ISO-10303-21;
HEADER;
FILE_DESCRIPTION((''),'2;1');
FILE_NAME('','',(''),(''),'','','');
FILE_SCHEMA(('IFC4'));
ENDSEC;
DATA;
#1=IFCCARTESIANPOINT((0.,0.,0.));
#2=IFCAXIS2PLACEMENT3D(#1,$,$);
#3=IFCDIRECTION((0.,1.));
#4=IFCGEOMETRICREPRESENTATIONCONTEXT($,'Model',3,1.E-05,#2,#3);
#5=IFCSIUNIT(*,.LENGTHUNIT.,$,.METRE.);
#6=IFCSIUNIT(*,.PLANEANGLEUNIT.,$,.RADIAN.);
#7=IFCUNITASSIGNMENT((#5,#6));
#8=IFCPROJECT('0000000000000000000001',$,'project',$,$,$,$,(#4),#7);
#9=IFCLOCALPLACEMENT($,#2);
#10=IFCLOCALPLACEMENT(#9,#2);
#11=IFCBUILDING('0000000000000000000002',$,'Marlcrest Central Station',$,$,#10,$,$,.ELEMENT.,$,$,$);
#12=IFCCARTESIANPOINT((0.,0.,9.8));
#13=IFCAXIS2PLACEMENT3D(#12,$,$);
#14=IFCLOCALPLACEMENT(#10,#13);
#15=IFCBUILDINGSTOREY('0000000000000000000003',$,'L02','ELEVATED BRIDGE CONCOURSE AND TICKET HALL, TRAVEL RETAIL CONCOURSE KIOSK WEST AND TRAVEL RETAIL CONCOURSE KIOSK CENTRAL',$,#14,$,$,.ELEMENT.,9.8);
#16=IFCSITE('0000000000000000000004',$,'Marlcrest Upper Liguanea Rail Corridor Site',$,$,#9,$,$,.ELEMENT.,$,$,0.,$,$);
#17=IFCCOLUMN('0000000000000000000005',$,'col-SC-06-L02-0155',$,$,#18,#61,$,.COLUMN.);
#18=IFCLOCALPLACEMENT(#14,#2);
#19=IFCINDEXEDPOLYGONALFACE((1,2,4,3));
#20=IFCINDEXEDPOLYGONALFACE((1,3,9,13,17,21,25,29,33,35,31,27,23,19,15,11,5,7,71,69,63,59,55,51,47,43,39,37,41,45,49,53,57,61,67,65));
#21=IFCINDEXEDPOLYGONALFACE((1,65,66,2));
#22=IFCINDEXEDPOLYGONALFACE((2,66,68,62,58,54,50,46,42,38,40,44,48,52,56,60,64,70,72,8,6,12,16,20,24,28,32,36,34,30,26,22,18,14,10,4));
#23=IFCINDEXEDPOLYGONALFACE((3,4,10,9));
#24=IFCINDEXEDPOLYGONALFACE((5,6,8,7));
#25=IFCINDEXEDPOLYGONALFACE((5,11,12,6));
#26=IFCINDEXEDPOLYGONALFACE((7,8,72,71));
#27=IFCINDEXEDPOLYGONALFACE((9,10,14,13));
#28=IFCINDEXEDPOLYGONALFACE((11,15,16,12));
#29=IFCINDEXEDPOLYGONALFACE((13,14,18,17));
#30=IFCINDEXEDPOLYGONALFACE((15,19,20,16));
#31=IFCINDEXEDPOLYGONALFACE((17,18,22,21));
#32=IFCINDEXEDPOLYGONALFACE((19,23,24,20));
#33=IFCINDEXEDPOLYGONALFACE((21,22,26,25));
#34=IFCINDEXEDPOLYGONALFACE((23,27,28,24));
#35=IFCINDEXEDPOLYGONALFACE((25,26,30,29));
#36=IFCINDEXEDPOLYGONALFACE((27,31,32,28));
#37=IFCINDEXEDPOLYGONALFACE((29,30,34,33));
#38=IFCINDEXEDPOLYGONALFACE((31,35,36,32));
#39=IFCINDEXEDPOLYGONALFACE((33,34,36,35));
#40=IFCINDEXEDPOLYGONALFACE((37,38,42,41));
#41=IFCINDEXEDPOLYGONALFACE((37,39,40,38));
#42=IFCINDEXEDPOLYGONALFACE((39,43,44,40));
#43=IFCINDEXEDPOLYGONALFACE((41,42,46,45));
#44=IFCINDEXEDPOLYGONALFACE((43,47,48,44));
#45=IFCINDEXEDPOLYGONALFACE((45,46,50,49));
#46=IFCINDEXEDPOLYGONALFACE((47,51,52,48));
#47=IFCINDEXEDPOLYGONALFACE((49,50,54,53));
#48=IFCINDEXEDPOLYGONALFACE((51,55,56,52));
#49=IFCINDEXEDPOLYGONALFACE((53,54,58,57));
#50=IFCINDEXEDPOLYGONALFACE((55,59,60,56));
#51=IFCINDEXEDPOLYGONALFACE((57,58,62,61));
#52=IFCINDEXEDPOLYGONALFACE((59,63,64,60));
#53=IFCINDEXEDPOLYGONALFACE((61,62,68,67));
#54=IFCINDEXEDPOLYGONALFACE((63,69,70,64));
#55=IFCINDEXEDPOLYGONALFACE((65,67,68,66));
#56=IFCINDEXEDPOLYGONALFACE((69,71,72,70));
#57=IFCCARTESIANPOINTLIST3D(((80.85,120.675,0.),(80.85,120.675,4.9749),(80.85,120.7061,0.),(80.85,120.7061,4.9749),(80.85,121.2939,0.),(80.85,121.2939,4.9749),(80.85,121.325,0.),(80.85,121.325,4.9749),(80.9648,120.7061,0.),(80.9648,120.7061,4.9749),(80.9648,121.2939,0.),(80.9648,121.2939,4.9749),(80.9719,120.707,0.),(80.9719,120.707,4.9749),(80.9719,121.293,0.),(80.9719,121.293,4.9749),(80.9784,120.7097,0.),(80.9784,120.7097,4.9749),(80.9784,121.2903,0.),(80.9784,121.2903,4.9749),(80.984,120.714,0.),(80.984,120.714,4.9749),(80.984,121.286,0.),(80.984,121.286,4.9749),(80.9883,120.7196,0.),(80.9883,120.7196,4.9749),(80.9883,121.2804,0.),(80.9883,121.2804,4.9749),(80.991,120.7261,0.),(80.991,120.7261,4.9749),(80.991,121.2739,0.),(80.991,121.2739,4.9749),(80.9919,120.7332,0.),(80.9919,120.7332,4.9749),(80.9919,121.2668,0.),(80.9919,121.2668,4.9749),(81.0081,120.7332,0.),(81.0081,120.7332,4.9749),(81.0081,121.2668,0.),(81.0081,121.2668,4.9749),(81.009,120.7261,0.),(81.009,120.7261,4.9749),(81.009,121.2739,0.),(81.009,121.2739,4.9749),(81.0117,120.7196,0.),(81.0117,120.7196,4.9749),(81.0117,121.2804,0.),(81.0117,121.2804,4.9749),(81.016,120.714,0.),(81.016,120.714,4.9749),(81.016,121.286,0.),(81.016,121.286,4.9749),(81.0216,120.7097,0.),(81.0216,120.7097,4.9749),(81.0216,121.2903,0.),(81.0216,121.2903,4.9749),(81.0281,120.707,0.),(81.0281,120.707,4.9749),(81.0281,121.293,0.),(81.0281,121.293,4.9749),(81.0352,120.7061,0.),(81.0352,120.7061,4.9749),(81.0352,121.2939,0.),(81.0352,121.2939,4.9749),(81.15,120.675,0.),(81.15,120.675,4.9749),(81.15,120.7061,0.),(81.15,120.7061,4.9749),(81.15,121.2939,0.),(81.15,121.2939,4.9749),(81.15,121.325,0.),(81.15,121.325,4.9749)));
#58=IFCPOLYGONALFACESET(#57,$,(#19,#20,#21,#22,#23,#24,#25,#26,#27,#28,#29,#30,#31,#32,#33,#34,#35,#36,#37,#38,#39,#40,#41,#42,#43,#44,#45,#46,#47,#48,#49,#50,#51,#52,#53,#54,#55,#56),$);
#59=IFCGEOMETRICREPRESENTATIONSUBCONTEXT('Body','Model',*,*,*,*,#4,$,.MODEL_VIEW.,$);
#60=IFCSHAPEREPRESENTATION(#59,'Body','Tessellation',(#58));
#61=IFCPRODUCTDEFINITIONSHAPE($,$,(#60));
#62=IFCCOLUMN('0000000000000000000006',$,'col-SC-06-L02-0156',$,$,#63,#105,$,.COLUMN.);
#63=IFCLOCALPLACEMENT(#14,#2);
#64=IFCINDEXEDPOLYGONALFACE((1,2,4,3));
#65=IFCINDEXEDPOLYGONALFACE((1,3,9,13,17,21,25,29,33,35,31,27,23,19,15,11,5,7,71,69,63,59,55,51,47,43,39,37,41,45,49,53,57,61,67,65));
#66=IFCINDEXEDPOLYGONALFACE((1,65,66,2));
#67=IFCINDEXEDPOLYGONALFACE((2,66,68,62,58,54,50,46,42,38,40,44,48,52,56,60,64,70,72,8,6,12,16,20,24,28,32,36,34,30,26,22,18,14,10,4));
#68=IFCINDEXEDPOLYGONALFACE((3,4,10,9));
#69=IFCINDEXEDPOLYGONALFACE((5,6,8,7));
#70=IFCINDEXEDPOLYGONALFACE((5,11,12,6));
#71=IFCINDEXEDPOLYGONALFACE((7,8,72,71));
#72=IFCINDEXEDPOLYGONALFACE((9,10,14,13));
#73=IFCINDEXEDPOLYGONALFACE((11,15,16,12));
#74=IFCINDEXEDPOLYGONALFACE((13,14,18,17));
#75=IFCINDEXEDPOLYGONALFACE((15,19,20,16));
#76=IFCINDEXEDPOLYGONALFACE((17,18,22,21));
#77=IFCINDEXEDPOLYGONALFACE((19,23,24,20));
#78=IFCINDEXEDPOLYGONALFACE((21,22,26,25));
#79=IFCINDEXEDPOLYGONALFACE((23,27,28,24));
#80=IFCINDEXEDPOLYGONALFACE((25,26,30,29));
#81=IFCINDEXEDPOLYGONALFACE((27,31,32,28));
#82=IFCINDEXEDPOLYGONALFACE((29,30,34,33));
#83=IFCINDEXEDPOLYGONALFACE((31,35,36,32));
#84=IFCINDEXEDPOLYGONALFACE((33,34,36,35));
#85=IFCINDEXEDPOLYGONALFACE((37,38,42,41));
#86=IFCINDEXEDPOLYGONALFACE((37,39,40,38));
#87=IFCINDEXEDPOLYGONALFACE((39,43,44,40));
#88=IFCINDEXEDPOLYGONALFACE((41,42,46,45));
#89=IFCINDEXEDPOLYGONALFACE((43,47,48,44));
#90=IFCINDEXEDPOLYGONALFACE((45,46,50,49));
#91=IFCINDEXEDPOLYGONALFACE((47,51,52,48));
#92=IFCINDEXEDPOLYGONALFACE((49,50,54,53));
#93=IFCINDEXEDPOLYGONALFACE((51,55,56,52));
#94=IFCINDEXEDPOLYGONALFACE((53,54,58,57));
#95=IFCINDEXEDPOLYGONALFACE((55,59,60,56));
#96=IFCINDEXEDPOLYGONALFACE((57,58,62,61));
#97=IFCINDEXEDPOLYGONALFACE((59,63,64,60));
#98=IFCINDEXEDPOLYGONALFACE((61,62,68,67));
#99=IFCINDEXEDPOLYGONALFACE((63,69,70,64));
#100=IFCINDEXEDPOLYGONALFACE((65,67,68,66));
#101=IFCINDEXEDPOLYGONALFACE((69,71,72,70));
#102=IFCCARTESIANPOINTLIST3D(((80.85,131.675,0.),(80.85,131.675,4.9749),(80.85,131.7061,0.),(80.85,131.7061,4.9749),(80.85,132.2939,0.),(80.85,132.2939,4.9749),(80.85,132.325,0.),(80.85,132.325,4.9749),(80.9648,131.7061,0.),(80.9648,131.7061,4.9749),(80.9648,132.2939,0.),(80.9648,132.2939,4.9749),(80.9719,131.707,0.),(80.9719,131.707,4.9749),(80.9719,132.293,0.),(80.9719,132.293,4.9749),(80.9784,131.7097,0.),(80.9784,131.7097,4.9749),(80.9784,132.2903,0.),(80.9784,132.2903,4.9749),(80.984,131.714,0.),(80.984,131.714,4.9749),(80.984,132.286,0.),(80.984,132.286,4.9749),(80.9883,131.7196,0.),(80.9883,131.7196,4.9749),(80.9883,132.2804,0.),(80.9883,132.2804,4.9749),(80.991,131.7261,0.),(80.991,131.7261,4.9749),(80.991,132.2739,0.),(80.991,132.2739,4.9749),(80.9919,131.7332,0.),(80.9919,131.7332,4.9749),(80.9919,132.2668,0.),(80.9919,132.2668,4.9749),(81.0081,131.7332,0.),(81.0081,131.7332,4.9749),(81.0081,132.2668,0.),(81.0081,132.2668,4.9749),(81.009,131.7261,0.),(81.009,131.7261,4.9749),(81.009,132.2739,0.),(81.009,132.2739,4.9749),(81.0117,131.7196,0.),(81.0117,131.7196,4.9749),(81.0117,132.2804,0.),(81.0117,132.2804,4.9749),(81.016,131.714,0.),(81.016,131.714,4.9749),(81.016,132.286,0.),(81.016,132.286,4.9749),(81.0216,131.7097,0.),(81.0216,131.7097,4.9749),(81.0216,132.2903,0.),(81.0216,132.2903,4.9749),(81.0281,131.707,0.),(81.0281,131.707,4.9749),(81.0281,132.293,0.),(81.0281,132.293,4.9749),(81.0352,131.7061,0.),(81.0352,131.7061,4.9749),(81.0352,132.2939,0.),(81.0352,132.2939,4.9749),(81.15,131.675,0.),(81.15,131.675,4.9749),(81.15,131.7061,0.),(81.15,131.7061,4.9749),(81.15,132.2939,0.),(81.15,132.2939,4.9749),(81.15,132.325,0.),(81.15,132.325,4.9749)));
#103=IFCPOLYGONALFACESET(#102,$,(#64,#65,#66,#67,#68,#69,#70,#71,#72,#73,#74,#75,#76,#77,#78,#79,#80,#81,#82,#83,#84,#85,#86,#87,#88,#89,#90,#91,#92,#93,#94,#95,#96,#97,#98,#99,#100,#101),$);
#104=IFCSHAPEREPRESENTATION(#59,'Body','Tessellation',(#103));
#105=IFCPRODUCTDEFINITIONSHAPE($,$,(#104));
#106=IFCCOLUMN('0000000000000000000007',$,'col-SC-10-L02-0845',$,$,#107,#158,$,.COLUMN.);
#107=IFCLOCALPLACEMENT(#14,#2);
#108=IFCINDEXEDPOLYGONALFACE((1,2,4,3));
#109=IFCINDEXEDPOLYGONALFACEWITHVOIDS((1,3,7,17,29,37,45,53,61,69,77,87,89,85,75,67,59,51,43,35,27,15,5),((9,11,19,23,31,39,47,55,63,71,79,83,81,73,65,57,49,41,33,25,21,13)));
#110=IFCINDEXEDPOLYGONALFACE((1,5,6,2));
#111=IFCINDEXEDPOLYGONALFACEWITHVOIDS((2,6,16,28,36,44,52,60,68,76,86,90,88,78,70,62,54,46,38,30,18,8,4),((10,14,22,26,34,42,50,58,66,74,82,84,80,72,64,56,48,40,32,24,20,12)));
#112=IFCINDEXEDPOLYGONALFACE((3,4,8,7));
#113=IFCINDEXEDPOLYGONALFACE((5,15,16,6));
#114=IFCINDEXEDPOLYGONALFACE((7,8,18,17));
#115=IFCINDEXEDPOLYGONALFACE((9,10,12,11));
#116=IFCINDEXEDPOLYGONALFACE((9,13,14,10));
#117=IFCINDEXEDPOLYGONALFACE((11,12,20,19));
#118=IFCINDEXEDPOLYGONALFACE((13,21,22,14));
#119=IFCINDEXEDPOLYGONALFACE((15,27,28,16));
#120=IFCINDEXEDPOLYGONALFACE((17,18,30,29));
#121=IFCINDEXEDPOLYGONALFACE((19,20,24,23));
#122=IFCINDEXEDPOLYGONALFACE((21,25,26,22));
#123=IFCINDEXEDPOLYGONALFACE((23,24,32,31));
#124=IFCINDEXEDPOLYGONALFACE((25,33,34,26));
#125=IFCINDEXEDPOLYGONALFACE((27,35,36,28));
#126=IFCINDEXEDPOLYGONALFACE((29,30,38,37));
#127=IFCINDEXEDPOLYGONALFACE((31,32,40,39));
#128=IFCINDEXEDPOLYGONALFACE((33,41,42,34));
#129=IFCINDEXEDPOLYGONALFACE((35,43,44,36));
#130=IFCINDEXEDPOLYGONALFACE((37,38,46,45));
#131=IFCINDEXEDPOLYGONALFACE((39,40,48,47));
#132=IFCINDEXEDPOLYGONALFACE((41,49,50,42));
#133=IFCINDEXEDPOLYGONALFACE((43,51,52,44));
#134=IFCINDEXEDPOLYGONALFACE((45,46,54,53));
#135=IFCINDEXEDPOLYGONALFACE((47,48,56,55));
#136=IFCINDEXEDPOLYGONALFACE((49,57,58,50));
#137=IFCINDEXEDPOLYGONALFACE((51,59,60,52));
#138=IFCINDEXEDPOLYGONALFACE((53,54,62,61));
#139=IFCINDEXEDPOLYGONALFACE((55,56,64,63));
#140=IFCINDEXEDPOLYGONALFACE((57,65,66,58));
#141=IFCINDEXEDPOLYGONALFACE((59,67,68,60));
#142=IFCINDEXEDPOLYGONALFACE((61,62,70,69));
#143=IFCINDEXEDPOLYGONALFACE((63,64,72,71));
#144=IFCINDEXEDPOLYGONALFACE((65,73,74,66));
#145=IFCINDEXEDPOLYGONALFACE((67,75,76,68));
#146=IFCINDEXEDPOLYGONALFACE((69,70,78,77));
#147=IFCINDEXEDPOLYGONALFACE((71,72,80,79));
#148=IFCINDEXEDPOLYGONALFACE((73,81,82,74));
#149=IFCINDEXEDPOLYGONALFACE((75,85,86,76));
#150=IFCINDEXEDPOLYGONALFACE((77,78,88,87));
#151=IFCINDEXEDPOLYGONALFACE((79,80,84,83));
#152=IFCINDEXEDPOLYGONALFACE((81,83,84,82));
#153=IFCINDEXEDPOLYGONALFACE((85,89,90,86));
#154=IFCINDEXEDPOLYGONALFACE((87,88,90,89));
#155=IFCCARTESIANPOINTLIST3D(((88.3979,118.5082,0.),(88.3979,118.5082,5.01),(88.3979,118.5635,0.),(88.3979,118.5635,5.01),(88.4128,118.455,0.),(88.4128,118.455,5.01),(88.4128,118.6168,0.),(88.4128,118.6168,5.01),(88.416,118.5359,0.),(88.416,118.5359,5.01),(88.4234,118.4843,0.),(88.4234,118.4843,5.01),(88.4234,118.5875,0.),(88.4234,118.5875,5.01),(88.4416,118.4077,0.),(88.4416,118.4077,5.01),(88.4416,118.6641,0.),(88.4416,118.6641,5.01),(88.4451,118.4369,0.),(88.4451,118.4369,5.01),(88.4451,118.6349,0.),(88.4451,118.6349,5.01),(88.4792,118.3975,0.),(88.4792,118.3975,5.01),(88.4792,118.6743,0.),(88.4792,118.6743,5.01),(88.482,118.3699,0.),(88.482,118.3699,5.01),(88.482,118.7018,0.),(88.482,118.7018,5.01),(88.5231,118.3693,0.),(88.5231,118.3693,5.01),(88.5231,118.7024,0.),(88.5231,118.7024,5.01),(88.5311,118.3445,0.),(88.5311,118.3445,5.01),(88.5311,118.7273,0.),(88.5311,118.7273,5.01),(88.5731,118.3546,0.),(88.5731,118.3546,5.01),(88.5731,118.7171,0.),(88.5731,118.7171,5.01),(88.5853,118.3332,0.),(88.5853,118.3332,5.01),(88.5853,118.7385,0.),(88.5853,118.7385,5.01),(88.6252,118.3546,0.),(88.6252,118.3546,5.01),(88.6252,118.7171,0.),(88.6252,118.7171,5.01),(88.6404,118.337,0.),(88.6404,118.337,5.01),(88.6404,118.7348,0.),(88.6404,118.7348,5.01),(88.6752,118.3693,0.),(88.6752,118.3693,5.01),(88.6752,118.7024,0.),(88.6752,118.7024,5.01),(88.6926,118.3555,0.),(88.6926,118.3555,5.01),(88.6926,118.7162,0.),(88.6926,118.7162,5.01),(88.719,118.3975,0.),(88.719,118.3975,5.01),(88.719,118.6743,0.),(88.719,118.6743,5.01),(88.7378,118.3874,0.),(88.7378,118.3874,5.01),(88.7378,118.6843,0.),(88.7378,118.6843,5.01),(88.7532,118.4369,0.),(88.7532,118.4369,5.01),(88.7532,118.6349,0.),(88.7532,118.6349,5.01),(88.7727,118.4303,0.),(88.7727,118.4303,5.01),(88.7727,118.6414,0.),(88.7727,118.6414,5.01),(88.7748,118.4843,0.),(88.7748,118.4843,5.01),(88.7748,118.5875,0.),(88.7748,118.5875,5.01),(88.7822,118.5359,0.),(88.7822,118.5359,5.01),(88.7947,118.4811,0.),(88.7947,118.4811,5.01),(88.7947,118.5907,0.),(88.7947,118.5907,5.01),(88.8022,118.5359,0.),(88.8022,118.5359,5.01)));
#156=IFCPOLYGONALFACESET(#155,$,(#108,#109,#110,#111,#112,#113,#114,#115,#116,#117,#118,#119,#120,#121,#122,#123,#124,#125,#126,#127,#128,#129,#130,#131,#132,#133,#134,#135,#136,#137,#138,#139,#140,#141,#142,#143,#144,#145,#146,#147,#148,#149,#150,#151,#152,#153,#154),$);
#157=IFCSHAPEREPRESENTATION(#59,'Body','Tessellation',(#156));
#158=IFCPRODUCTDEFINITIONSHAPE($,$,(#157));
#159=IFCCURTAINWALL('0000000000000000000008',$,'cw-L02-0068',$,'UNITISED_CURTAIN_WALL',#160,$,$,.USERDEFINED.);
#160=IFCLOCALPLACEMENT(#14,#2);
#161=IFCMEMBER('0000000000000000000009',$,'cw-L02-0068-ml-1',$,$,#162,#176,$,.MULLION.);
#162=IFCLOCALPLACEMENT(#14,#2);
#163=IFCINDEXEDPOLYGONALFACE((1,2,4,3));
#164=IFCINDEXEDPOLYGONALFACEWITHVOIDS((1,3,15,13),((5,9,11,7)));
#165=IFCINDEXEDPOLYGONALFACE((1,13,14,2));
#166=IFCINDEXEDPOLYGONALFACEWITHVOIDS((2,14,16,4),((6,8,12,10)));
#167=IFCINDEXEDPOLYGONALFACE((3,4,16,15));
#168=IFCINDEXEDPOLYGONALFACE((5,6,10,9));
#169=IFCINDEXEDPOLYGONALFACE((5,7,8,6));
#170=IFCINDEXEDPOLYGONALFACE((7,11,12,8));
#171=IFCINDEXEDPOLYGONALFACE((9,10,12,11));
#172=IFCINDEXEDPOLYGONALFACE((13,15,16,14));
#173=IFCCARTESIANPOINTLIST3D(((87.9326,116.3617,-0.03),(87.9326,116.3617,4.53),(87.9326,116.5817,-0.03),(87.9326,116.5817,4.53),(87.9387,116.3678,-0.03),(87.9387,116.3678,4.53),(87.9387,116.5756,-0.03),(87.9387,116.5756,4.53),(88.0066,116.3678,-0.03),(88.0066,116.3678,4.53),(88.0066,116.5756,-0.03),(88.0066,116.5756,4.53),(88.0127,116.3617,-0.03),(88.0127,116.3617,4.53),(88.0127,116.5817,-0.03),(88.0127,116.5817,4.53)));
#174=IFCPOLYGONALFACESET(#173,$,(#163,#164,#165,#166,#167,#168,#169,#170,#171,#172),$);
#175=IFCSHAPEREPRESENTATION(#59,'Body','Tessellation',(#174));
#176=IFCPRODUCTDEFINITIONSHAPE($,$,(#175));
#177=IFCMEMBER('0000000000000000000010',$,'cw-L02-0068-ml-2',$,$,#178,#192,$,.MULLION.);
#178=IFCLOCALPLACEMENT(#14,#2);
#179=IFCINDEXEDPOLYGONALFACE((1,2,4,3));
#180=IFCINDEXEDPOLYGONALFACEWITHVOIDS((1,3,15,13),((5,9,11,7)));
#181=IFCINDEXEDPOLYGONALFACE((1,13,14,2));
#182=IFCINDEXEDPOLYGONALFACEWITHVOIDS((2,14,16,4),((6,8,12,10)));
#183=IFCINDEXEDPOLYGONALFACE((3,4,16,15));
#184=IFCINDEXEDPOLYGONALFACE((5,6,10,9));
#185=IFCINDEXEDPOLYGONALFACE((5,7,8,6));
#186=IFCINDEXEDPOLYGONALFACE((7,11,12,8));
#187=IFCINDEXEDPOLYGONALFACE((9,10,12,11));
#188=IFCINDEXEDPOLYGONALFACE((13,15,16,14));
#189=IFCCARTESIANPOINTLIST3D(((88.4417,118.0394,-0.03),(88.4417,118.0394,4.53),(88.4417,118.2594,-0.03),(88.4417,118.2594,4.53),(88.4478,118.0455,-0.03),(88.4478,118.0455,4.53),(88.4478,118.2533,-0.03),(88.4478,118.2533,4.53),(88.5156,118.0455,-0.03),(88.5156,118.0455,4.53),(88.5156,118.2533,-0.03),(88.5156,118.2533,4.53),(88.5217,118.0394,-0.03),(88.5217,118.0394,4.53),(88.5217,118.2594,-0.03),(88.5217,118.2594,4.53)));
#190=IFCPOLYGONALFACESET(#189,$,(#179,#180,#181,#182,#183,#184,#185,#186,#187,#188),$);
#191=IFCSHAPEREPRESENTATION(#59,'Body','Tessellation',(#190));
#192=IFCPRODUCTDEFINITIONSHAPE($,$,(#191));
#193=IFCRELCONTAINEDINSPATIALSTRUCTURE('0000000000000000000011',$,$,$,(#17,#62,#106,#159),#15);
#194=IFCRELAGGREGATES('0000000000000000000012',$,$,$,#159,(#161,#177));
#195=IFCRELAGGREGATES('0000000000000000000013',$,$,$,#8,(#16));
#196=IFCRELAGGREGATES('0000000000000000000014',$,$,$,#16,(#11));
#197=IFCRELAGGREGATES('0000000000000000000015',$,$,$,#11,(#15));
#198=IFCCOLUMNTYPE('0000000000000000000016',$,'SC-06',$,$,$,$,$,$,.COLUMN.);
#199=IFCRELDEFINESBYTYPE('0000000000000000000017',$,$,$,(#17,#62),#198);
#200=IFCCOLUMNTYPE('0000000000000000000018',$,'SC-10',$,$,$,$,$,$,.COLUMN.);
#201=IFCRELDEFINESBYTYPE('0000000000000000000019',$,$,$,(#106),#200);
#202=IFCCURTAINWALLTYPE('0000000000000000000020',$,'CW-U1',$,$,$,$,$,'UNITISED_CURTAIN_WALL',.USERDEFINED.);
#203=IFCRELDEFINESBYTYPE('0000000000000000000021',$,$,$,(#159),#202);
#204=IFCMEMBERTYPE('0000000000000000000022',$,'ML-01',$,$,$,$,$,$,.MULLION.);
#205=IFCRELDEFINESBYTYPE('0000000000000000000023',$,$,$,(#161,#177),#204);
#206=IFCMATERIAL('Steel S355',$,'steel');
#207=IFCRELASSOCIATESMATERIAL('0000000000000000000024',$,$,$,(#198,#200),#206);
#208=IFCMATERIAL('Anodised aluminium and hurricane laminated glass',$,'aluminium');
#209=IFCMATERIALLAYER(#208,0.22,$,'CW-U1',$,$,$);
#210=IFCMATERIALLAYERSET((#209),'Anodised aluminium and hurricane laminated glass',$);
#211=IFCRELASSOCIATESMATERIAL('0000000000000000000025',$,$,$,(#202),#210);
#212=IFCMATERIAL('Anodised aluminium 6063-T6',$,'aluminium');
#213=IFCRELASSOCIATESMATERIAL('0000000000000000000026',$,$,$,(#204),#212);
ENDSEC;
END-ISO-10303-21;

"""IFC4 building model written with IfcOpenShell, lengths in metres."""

from ifc_helpers import new_model, si_unit, direction, frame, origin, origin_2d, place, context, subcontext, project, spatial, hollow_rectangle, hollow_circle, i_section, extrude, material, layer, layer_set, material_profile, profile_set, type_object, element, aggregate, save


model = new_model("IFC4")

# Units and contexts
model_context = context("Model", 3, precision=1e-05, world=origin(), true_north=direction((0.0, 1.0)))
body_context = subcontext(model_context, "Body", "Model", "MODEL_VIEW")
ifc_project = project(units=[si_unit("LENGTHUNIT", "METRE"), si_unit("PLANEANGLEUNIT", "RADIAN")], contexts=[model_context])

# Site, building, storey
site_placement = place(None, origin())
site = spatial("IfcSite", under=ifc_project, at=site_placement, Name="Marlcrest Upper Liguanea Rail Corridor Site", CompositionType="ELEMENT", RefElevation=0.0)
building_placement = place(site_placement, origin())
building = spatial("IfcBuilding", under=site, at=building_placement, Name="Marlcrest Central Station", CompositionType="ELEMENT")
storey_placement = place(building_placement, frame((0.0, 0.0, 9.8)))
storey = spatial("IfcBuildingStorey", under=building, at=storey_placement, Name="L02", Description="ELEVATED BRIDGE CONCOURSE AND TICKET HALL, TRAVEL RETAIL CONCOURSE KIOSK WEST AND TRAVEL RETAIL CONCOURSE KIOSK CENTRAL", CompositionType="ELEMENT", Elevation=9.8)

# Columns
ifc_material_1 = material(Name="Steel S355", Category="steel")
ifc_material_profile_1 = material_profile(ifc_material_1, i_section(OverallWidth=0.3, OverallDepth=0.6499, WebThickness=0.0161, FlangeThickness=0.031, FilletRadius=0.0271, at=origin_2d()), Name="HEB 650")
ifc_profile_set_1 = profile_set([ifc_material_profile_1], Name="Steel S355")
column_type_1 = type_object("IfcColumnType", Name="SC-06", PredefinedType="COLUMN", material=ifc_profile_set_1)
for number, where, z_axis, x_axis, name in (
    (1, (81.0, 121.0, 0.0), (0.0, 0.0, 1.0), (1.0, 0.0, 0.0), "col-SC-06-L02-0155"),
    (2, (81.0, 132.0, 0.0), (0.0, 0.0, 1.0), (1.0, 0.0, 0.0), "col-SC-06-L02-0156"),
):
    element("IfcColumn", number, at=place(storey_placement, frame(where, z_axis=z_axis, x_axis=x_axis)), inside=storey, type_object=column_type_1, Name=name, PredefinedType="COLUMN", context=body_context, shape_type="SweptSolid", body=[
        extrude(i_section(OverallWidth=0.3, OverallDepth=0.6499, WebThickness=0.0161, FlangeThickness=0.031, FilletRadius=0.0271, at=origin_2d()), origin(), (0.0, 0.0, 1.0), 4.9749),
    ])
ifc_material_profile_2 = material_profile(ifc_material_1, hollow_circle(Radius=0.2031, WallThickness=0.02, at=origin_2d()), Name="CHS 406.4x20")
ifc_profile_set_2 = profile_set([ifc_material_profile_2], Name="Steel S355")
column_type_2 = type_object("IfcColumnType", Name="SC-10", PredefinedType="COLUMN", material=ifc_profile_set_2)
column_placement = place(storey_placement, frame((88.5991, 118.5359, 0.0), z_axis=(0.0, 0.0, 1.0), x_axis=(1.0, 0.0, 0.0)))
element("IfcColumn", 3, at=column_placement, inside=storey, type_object=column_type_2, Name="col-SC-10-L02-0845", PredefinedType="COLUMN", context=body_context, shape_type="SweptSolid", body=[
    extrude(hollow_circle(Radius=0.2031, WallThickness=0.02, at=origin_2d()), origin(), (0.0, 0.0, 1.0), 5.01),
])

# Curtain wall, members
ifc_material_2 = material(Name="Anodised aluminium and hurricane laminated glass", Category="aluminium")
ifc_layer_1 = layer(ifc_material_2, 0.22, Name="CW-U1")
ifc_layer_set_1 = layer_set([ifc_layer_1], Name="Anodised aluminium and hurricane laminated glass")
curtain_wall_type = type_object("IfcCurtainWallType", Name="CW-U1", ElementType="UNITISED_CURTAIN_WALL", PredefinedType="USERDEFINED", material=ifc_layer_set_1)
curtain_wall_1_placement = place(storey_placement, origin())
curtain_wall_1 = element("IfcCurtainWall", 4, at=curtain_wall_1_placement, inside=storey, type_object=curtain_wall_type, Name="cw-L02-0068", ObjectType="UNITISED_CURTAIN_WALL", PredefinedType="USERDEFINED")
ifc_material_3 = material(Name="Anodised aluminium 6063-T6", Category="aluminium")
ifc_material_profile_3 = material_profile(ifc_material_3, hollow_rectangle(XDim=0.0801, YDim=0.22, WallThickness=0.0061, at=origin_2d()), Name="AA-RHS 220x80x6")
ifc_profile_set_3 = profile_set([ifc_material_profile_3], Name="Anodised aluminium 6063-T6")
member_type_1 = type_object("IfcMemberType", Name="ML-01", PredefinedType="MULLION", material=ifc_profile_set_3)
member_1_placement = place(storey_placement, frame((87.9727, 116.4717, -0.03), z_axis=(0.0, 0.0, 1.0), x_axis=(1.0, 0.0, 0.0)))
member_1 = element("IfcMember", 5, at=member_1_placement, type_object=member_type_1, Name="cw-L02-0068-ml-1", PredefinedType="MULLION", context=body_context, shape_type="SweptSolid", body=[
    extrude(hollow_rectangle(XDim=0.0801, YDim=0.22, WallThickness=0.0061, at=origin_2d()), origin(), (0.0, 0.0, 1.0), 4.5601),
])
member_2_placement = place(storey_placement, frame((88.4817, 118.1494, -0.03), z_axis=(0.0, 0.0, 1.0), x_axis=(1.0, 0.0, 0.0)))
member_2 = element("IfcMember", 6, at=member_2_placement, type_object=member_type_1, Name="cw-L02-0068-ml-2", PredefinedType="MULLION", context=body_context, shape_type="SweptSolid", body=[
    extrude(hollow_rectangle(XDim=0.0801, YDim=0.22, WallThickness=0.0061, at=origin_2d()), origin(), (0.0, 0.0, 1.0), 4.5601),
])

aggregate(curtain_wall_1, [member_1, member_2])

save(model, "model.ifc")
